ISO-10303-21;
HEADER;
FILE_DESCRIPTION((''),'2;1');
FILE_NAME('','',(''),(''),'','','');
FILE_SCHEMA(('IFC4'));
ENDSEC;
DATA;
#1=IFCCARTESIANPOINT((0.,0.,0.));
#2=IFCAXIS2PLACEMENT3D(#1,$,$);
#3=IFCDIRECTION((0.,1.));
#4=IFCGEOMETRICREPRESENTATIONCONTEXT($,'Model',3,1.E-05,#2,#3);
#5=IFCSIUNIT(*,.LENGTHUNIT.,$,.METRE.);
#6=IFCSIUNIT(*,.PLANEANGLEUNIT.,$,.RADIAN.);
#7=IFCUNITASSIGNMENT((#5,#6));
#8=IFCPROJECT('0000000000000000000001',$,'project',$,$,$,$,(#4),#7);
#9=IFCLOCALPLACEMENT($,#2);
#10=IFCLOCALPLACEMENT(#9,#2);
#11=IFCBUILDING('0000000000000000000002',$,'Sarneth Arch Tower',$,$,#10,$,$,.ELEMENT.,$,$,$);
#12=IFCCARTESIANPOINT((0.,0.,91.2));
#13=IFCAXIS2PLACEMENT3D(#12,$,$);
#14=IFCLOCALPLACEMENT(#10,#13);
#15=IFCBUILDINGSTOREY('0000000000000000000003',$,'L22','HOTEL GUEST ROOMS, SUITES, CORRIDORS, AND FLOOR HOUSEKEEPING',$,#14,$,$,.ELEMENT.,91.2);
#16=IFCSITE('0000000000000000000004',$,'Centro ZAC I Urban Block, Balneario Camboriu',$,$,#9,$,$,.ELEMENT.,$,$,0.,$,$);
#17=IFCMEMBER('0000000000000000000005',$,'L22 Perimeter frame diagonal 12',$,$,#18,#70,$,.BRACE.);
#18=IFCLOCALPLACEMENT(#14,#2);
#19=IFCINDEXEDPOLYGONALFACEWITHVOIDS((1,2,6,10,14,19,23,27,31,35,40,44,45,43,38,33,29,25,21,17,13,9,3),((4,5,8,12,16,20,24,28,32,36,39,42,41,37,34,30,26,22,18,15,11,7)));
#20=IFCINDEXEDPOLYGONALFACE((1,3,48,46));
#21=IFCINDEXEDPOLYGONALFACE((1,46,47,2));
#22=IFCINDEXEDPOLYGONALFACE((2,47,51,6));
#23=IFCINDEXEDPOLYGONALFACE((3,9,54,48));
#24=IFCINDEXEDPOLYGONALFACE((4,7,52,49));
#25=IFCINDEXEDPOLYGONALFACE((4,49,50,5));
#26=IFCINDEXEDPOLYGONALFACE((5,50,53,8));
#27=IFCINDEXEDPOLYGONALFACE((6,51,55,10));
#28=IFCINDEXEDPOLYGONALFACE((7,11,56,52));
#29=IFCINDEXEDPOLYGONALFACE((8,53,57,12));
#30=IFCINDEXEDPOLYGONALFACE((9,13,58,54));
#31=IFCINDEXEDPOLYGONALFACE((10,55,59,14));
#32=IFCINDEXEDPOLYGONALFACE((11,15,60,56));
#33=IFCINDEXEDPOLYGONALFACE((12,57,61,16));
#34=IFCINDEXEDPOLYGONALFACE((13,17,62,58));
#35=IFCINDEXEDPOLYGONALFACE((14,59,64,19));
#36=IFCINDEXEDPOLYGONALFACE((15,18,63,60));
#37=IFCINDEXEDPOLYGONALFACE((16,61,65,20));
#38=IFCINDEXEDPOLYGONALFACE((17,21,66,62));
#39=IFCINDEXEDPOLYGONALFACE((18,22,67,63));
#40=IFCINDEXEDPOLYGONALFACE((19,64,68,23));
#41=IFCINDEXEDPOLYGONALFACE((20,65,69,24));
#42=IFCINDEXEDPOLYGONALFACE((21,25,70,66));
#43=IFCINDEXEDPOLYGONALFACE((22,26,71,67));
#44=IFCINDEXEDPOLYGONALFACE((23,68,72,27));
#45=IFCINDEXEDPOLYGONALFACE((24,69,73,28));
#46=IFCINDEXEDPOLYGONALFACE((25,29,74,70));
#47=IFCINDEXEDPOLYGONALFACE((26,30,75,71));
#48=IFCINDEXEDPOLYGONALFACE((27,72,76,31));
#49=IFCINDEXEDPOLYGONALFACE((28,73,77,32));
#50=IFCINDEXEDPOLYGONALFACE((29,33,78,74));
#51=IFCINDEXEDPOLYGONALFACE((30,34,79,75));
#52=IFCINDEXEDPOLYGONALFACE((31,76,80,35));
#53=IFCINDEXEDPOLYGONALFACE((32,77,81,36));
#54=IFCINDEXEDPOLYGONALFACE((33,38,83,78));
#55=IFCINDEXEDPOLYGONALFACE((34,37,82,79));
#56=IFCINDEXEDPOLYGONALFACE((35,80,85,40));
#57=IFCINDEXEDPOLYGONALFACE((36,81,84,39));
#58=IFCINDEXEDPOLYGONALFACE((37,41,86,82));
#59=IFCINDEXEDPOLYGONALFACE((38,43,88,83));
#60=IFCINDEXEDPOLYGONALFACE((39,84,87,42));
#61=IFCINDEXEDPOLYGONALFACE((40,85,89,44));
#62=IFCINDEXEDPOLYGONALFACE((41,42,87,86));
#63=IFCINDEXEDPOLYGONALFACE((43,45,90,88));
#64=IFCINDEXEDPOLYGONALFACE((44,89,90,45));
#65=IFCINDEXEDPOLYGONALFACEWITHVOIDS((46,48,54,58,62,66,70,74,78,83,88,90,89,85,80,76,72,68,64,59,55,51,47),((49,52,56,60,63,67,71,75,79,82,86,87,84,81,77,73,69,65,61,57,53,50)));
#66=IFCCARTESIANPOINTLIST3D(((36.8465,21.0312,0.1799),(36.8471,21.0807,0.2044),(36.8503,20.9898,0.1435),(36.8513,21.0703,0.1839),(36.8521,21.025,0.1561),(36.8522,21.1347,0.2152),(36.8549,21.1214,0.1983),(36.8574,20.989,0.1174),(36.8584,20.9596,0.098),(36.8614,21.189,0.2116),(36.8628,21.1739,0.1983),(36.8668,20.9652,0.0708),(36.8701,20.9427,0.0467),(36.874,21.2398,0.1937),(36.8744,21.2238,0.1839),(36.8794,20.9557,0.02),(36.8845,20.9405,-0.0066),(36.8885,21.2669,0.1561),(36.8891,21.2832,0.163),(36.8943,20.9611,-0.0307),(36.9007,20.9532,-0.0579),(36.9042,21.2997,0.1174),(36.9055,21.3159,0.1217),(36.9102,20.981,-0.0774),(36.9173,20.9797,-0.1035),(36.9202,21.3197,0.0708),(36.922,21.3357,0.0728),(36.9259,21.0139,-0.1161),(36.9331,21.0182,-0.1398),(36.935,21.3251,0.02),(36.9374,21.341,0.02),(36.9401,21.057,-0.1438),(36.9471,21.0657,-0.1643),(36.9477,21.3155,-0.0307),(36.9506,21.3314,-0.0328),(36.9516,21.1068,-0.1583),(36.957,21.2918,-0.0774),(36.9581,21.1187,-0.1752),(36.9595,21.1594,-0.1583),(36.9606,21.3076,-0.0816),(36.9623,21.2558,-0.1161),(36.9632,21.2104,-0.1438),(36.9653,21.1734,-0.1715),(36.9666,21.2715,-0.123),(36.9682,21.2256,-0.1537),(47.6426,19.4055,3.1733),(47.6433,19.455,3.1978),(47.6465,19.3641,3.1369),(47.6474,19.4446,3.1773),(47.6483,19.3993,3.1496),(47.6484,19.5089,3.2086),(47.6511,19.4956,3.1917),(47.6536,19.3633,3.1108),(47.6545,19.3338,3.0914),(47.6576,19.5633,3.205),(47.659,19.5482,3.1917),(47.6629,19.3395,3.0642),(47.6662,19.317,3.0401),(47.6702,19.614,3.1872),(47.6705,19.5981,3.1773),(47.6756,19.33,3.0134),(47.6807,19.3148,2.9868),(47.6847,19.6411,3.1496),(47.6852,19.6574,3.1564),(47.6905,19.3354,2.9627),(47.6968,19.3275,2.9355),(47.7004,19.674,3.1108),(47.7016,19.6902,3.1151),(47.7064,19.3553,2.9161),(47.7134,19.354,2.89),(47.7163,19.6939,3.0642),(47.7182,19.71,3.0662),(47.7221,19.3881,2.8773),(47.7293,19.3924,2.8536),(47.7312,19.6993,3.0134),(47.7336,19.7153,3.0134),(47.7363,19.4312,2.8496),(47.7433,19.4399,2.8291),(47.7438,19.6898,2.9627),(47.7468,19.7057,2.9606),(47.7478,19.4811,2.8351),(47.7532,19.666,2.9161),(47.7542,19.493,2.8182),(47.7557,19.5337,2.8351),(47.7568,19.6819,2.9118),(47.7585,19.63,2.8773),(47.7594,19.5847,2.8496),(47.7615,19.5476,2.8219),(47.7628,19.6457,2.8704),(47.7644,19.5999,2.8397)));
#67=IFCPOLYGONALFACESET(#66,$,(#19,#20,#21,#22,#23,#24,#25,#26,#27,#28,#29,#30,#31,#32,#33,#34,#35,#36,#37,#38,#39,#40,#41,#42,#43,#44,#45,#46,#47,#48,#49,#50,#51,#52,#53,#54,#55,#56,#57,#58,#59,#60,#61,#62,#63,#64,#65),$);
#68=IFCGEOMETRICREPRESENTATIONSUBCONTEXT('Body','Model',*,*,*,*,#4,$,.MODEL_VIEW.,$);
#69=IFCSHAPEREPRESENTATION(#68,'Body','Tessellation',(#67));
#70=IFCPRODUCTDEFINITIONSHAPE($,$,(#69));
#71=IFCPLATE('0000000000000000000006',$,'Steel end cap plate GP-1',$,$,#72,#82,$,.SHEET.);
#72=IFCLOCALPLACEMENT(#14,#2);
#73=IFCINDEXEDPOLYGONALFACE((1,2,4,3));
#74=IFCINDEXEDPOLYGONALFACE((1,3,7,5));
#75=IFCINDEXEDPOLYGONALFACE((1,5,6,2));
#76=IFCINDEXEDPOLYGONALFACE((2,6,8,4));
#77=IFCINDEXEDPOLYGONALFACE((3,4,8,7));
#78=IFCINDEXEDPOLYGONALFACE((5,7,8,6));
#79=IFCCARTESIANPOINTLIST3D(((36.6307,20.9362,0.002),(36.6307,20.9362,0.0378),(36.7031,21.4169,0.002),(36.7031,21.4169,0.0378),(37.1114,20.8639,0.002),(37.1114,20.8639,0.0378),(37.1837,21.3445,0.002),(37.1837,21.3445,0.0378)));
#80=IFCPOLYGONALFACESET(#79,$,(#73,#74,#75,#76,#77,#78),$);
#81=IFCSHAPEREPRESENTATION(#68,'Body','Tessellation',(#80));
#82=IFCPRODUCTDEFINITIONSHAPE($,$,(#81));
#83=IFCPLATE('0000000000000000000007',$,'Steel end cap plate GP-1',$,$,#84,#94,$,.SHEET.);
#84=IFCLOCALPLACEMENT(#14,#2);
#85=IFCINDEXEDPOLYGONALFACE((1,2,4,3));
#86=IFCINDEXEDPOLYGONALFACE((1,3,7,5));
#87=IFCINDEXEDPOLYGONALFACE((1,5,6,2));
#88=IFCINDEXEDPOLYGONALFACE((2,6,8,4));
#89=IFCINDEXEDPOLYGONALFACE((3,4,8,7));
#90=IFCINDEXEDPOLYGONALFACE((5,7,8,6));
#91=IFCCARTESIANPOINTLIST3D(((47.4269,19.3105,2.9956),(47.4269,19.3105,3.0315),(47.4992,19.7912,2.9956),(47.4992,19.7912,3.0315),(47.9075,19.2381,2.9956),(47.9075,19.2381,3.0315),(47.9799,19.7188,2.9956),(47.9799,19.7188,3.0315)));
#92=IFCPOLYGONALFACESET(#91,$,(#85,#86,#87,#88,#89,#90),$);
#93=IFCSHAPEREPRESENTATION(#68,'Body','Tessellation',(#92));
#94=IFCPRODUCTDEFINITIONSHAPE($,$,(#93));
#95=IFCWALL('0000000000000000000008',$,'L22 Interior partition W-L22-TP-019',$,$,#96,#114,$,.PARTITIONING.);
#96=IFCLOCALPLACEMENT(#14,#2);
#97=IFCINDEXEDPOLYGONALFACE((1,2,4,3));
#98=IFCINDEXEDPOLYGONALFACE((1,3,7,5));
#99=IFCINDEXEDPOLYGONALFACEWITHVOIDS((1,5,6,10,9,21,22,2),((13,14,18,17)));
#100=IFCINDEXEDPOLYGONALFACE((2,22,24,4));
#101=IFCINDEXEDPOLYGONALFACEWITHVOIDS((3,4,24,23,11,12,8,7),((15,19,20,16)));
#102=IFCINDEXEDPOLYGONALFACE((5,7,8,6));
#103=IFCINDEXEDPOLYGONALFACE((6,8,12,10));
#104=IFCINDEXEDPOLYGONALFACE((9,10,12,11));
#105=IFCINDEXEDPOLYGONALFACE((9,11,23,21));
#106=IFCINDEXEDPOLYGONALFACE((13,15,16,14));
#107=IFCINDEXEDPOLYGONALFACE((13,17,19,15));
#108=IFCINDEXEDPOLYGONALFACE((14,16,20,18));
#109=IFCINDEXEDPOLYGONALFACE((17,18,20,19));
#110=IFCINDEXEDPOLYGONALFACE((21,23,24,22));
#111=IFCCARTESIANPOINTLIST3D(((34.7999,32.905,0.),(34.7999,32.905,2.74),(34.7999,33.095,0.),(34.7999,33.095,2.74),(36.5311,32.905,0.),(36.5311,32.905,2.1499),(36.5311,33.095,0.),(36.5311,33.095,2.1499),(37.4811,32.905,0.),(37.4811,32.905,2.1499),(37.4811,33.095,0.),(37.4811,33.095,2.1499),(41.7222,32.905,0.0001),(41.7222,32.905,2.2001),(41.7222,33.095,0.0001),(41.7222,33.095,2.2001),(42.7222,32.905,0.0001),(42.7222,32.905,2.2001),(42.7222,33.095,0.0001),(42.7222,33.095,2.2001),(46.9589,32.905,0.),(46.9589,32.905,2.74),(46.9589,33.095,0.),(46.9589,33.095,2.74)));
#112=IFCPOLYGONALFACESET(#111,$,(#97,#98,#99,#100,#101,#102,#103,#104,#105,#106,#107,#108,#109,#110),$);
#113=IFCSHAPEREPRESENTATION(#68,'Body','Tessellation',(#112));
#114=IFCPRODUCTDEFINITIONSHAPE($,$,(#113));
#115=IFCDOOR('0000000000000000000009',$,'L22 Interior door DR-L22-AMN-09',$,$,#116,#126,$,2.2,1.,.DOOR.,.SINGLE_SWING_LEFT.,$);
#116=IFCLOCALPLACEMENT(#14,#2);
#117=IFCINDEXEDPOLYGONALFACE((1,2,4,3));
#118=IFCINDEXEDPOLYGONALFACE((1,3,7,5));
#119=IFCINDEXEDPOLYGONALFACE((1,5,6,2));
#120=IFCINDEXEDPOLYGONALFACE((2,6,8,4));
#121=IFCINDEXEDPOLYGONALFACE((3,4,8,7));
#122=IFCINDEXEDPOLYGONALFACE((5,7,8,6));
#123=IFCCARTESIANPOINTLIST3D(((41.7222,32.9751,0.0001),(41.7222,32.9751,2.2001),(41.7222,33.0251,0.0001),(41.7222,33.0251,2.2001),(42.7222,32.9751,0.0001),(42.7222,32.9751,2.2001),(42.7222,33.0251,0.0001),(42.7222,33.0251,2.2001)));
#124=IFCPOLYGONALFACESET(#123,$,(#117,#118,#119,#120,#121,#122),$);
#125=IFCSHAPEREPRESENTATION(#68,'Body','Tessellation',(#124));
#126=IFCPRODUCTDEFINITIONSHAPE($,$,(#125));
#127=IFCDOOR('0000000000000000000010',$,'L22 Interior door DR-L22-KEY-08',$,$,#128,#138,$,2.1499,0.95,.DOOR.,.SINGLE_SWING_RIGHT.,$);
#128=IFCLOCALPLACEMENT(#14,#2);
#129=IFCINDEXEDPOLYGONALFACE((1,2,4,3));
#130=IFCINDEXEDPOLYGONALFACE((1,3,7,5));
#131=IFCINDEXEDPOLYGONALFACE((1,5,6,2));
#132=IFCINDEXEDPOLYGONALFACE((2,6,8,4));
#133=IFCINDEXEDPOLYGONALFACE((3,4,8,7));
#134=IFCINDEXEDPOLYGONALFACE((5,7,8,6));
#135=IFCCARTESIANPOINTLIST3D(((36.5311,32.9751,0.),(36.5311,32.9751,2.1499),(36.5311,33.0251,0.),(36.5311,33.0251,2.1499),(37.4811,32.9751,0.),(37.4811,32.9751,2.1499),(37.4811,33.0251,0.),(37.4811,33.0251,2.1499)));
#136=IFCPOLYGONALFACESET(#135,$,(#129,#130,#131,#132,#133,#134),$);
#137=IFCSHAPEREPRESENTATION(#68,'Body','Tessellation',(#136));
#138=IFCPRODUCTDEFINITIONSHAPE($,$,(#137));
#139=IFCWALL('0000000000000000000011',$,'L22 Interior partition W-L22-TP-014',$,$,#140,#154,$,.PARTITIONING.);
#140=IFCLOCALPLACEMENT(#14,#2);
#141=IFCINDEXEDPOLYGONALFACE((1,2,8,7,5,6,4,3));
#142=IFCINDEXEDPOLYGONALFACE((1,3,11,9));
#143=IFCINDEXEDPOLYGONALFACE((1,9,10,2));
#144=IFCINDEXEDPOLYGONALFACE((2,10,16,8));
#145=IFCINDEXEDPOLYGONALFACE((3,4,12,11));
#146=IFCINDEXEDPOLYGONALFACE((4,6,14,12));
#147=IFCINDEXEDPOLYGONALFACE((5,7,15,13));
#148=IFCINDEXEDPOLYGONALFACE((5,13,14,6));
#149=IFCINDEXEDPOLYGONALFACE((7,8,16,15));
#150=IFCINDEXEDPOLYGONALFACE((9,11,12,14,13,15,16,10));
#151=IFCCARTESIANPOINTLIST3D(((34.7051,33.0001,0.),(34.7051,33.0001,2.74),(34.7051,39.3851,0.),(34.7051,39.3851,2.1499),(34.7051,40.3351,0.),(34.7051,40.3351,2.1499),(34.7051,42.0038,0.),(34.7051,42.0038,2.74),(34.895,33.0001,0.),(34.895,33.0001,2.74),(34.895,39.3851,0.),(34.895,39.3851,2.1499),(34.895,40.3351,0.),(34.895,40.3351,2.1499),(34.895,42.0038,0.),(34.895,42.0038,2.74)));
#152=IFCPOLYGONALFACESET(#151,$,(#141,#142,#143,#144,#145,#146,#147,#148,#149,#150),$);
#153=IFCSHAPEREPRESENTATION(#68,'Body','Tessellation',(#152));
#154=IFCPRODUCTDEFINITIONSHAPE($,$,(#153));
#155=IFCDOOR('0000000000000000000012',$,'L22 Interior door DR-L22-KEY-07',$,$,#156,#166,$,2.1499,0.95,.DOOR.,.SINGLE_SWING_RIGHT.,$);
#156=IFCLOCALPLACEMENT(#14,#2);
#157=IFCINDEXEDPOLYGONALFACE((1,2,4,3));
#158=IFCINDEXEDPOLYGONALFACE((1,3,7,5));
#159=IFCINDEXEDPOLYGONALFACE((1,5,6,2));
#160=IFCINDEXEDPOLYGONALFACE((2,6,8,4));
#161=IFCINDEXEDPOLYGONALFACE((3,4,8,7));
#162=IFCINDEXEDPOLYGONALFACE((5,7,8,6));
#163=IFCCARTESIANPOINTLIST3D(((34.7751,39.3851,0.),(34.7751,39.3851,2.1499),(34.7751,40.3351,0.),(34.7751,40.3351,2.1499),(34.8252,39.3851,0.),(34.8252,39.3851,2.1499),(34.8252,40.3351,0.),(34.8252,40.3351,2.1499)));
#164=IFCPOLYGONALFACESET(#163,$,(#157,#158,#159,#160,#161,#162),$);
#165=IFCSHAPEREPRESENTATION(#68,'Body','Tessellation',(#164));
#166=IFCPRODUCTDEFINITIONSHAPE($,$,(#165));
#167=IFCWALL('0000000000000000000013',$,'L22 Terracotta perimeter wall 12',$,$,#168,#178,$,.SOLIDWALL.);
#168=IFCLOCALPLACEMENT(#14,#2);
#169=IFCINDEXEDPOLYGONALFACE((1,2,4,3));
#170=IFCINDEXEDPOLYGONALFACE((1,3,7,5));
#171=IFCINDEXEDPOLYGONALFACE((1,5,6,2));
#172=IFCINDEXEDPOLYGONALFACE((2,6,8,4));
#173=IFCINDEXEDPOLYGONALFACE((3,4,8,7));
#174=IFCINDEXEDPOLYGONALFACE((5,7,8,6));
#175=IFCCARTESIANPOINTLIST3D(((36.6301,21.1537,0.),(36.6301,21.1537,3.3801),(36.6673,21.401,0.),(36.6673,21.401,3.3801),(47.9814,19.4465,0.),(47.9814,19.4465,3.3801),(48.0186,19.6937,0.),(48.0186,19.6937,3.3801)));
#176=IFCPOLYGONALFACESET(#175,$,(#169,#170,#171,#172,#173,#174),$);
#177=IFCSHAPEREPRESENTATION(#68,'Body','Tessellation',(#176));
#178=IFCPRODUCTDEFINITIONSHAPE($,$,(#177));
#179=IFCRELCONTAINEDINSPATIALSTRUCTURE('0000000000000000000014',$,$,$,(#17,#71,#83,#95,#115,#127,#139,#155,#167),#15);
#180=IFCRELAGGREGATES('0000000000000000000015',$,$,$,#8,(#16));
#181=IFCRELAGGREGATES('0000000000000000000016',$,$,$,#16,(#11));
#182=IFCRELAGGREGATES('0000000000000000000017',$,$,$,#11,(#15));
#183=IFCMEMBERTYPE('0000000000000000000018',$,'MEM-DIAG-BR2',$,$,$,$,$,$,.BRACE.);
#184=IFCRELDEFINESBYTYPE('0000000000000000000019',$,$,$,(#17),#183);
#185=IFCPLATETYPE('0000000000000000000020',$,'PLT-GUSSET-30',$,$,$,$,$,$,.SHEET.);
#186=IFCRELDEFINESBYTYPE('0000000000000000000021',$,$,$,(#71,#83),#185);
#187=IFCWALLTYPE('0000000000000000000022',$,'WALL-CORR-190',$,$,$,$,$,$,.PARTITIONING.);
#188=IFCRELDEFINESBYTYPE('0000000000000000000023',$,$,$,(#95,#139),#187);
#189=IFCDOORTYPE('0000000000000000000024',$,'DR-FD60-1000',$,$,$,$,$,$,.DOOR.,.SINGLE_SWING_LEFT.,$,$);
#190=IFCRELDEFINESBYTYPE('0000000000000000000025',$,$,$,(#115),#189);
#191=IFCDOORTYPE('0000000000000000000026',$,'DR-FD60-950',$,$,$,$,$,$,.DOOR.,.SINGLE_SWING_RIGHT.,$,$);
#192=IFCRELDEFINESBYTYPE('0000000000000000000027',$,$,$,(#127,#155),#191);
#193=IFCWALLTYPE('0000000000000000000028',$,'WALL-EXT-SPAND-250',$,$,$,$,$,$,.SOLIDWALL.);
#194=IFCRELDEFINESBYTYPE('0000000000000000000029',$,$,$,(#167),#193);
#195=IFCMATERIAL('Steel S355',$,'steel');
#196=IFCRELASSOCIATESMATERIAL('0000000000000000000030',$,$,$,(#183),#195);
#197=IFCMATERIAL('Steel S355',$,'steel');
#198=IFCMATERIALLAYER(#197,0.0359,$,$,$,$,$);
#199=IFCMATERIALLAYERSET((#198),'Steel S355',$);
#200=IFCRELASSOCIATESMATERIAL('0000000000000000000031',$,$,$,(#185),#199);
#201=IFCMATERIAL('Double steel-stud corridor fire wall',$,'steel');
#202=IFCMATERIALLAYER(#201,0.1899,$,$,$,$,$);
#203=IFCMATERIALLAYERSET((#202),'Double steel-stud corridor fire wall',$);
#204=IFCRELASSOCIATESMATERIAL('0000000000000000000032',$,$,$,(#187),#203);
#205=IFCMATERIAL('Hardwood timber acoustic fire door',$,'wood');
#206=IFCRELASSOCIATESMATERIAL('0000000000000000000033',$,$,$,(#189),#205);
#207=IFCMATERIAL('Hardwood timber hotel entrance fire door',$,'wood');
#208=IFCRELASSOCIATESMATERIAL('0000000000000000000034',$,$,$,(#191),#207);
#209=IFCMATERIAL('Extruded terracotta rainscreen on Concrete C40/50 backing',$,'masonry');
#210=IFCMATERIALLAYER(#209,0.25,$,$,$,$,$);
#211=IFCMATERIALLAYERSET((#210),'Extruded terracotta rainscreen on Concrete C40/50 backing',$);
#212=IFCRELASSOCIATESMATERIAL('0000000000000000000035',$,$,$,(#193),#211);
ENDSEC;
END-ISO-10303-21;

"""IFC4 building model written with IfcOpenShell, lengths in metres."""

from ifc_helpers import new_model, si_unit, direction, frame, frame_2d, origin, origin_2d, place, context, subcontext, project, spatial, rectangle, hollow_circle, extrude, material, layer, layer_set, material_profile, profile_set, type_object, element, fill, save


model = new_model("IFC4")

# Units and contexts
model_context = context("Model", 3, precision=1e-05, world=origin(), true_north=direction((0.0, 1.0)))
body_context = subcontext(model_context, "Body", "Model", "MODEL_VIEW")
ifc_project = project(units=[si_unit("LENGTHUNIT", "METRE"), si_unit("PLANEANGLEUNIT", "RADIAN")], contexts=[model_context])

# Site, building, storey
site_placement = place(None, origin())
site = spatial("IfcSite", under=ifc_project, at=site_placement, Name="Centro ZAC I Urban Block, Balneario Camboriu", CompositionType="ELEMENT", RefElevation=0.0)
building_placement = place(site_placement, origin())
building = spatial("IfcBuilding", under=site, at=building_placement, Name="Sarneth Arch Tower", CompositionType="ELEMENT")
storey_placement = place(building_placement, frame((0.0, 0.0, 91.2)))
storey = spatial("IfcBuildingStorey", under=building, at=storey_placement, Name="L22", Description="HOTEL GUEST ROOMS, SUITES, CORRIDORS, AND FLOOR HOUSEKEEPING", CompositionType="ELEMENT", Elevation=91.2)

# Member
ifc_material_1 = material(Name="Steel S355", Category="steel")
ifc_material_profile_1 = material_profile(ifc_material_1, hollow_circle(Radius=0.2029, WallThickness=0.0161, at=origin_2d()), Name="CHS406x16")
ifc_profile_set_1 = profile_set([ifc_material_profile_1], Name="Steel S355")
member_type_1 = type_object("IfcMemberType", Name="MEM-DIAG-BR2", PredefinedType="BRACE", material=ifc_profile_set_1)
member_1_placement = place(storey_placement, frame((36.9072, 21.1404, 0.02), z_axis=(0.953657, -0.143606, 0.264417), x_axis=(0.148906, 0.988851, 0.0)))
element("IfcMember", 1, at=member_1_placement, inside=storey, type_object=member_type_1, Name="L22 Perimeter frame diagonal 12", PredefinedType="BRACE", context=body_context, shape_type="SweptSolid", body=[
    extrude(hollow_circle(Radius=0.2029, WallThickness=0.0161, at=origin_2d()), origin(), (0.0, 0.0, 1.0), 11.3208),
])

# Plates
ifc_material_2 = material(Name="Steel S355", Category="steel")
ifc_layer_1 = layer(ifc_material_2, 0.0359)
ifc_layer_set_1 = layer_set([ifc_layer_1], Name="Steel S355")
plate_type = type_object("IfcPlateType", Name="PLT-GUSSET-30", PredefinedType="SHEET", material=ifc_layer_set_1)
for number, where, z_axis, x_axis, name in (
    (2, (36.9072, 21.1404, 0.002), (0.0, 0.0, 1.0), (0.988861, -0.148845, 0.0), "Steel end cap plate GP-1"),
    (3, (47.7034, 19.5146, 2.9956), (0.0, 0.0, 1.0), (0.988861, -0.148845, 0.0), "Steel end cap plate GP-1"),
):
    element("IfcPlate", number, at=place(storey_placement, frame(where, z_axis=z_axis, x_axis=x_axis)), inside=storey, type_object=plate_type, Name=name, PredefinedType="SHEET", context=body_context, shape_type="SweptSolid", body=[
        extrude(rectangle(XDim=0.4861, YDim=0.4861, at=origin_2d()), origin(), (0.0, 0.0, 1.0), 0.0359),
    ])

# Wall, openings, doors
ifc_material_3 = material(Name="Double steel-stud corridor fire wall", Category="steel")
ifc_layer_2 = layer(ifc_material_3, 0.1899)
ifc_layer_set_2 = layer_set([ifc_layer_2], Name="Double steel-stud corridor fire wall")
wall_type_1 = type_object("IfcWallType", Name="WALL-CORR-190", PredefinedType="PARTITIONING", material=ifc_layer_set_2)
wall_1_placement = place(storey_placement, frame((46.959, 33.0, 0.0), z_axis=(0.0, 0.0, 1.0), x_axis=(-1.0, 0.0, 0.0)))
wall_1 = element("IfcWall", 4, at=wall_1_placement, inside=storey, type_object=wall_type_1, Name="L22 Interior partition W-L22-TP-019", PredefinedType="PARTITIONING", context=body_context, shape_type="SweptSolid", body=[
    extrude(rectangle(XDim=12.1589, YDim=0.1899, at=frame_2d((6.0796, 0.0))), origin(), (0.0, 0.0, 1.0), 2.74),
])
opening_1_placement = place(wall_1_placement, frame((4.2368, 0.0, 0.0)))
opening_1 = element("IfcOpeningElement", 5, at=opening_1_placement, cuts=wall_1, PredefinedType="OPENING", context=body_context, shape_type="SweptSolid", body=[
    extrude(rectangle(XDim=1.0, YDim=2.2, at=frame_2d((0.5, 1.1001))), frame((0.0, 0.105, 0.0), z_axis=(0.0, -1.0, 0.0), x_axis=(1.0, 0.0, 0.0)), (0.0, 0.0, 1.0), 0.21),
])
opening_2_placement = place(wall_1_placement, frame((9.4778, 0.0, 0.0)))
opening_2 = element("IfcOpeningElement", 6, at=opening_2_placement, cuts=wall_1, PredefinedType="OPENING", context=body_context, shape_type="SweptSolid", body=[
    extrude(rectangle(XDim=0.95, YDim=2.1499, at=frame_2d((0.4751, 1.075))), frame((0.0, 0.105, 0.0), z_axis=(0.0, -1.0, 0.0), x_axis=(1.0, 0.0, 0.0)), (0.0, 0.0, 1.0), 0.21),
])
ifc_material_4 = material(Name="Hardwood timber acoustic fire door", Category="wood")
door_type_1 = type_object("IfcDoorType", Name="DR-FD60-1000", OperationType="SINGLE_SWING_LEFT", PredefinedType="DOOR", material=ifc_material_4)
door_1_placement = place(opening_1_placement, origin())
door_1 = element("IfcDoor", 7, at=door_1_placement, inside=storey, type_object=door_type_1, Name="L22 Interior door DR-L22-AMN-09", OperationType="SINGLE_SWING_LEFT", OverallHeight=2.2, OverallWidth=1.0, PredefinedType="DOOR", context=body_context, shape_type="SweptSolid", body=[
    extrude(rectangle(XDim=1.0, YDim=2.2, at=frame_2d((0.5, 1.1001))), frame((0.0, 0.0249, 0.0), z_axis=(0.0, -1.0, 0.0), x_axis=(1.0, 0.0, 0.0)), (0.0, 0.0, 1.0), 0.05),
])
fill(opening_1, door_1)
ifc_material_5 = material(Name="Hardwood timber hotel entrance fire door", Category="wood")
door_type_2 = type_object("IfcDoorType", Name="DR-FD60-950", OperationType="SINGLE_SWING_RIGHT", PredefinedType="DOOR", material=ifc_material_5)
door_2_placement = place(opening_2_placement, origin())
door_2 = element("IfcDoor", 8, at=door_2_placement, inside=storey, type_object=door_type_2, Name="L22 Interior door DR-L22-KEY-08", OperationType="SINGLE_SWING_RIGHT", OverallHeight=2.1499, OverallWidth=0.95, PredefinedType="DOOR", context=body_context, shape_type="SweptSolid", body=[
    extrude(rectangle(XDim=0.95, YDim=2.1499, at=frame_2d((0.4751, 1.075))), frame((0.0, 0.0249, 0.0), z_axis=(0.0, -1.0, 0.0), x_axis=(1.0, 0.0, 0.0)), (0.0, 0.0, 1.0), 0.05),
])
fill(opening_2, door_2)

# Wall, opening, door
wall_2_placement = place(storey_placement, frame((34.8, 33.0, 0.0), z_axis=(0.0, 0.0, 1.0), x_axis=(0.0, 1.0, 0.0)))
wall_2 = element("IfcWall", 9, at=wall_2_placement, inside=storey, type_object=wall_type_1, Name="L22 Interior partition W-L22-TP-014", PredefinedType="PARTITIONING", context=body_context, shape_type="SweptSolid", body=[
    extrude(rectangle(XDim=9.0037, YDim=0.1899, at=frame_2d((4.502, 0.0))), origin(), (0.0, 0.0, 1.0), 2.74),
])
opening_3_placement = place(wall_2_placement, frame((6.385, 0.0, 0.0)))
opening_3 = element("IfcOpeningElement", 10, at=opening_3_placement, cuts=wall_2, PredefinedType="OPENING", context=body_context, shape_type="SweptSolid", body=[
    extrude(rectangle(XDim=0.95, YDim=2.1499, at=frame_2d((0.4751, 1.075))), frame((0.0, 0.105, 0.0), z_axis=(0.0, -1.0, 0.0), x_axis=(1.0, 0.0, 0.0)), (0.0, 0.0, 1.0), 0.21),
])
door_3_placement = place(opening_3_placement, origin())
door_3 = element("IfcDoor", 11, at=door_3_placement, inside=storey, type_object=door_type_2, Name="L22 Interior door DR-L22-KEY-07", OperationType="SINGLE_SWING_RIGHT", OverallHeight=2.1499, OverallWidth=0.95, PredefinedType="DOOR", context=body_context, shape_type="SweptSolid", body=[
    extrude(rectangle(XDim=0.95, YDim=2.1499, at=frame_2d((0.4751, 1.075))), frame((0.0, 0.0249, 0.0), z_axis=(0.0, -1.0, 0.0), x_axis=(1.0, 0.0, 0.0)), (0.0, 0.0, 1.0), 0.05),
])
fill(opening_3, door_3)

# Wall
ifc_material_6 = material(Name="Extruded terracotta rainscreen on Concrete C40/50 backing", Category="masonry")
ifc_layer_3 = layer(ifc_material_6, 0.25)
ifc_layer_set_3 = layer_set([ifc_layer_3], Name="Extruded terracotta rainscreen on Concrete C40/50 backing")
wall_type_2 = type_object("IfcWallType", Name="WALL-EXT-SPAND-250", PredefinedType="SOLIDWALL", material=ifc_layer_set_3)
wall_3_placement = place(storey_placement, frame((36.6487, 21.2773, 0.0), z_axis=(0.0, 0.0, 1.0), x_axis=(0.988878, -0.14873, 0.0)))
element("IfcWall", 12, at=wall_3_placement, inside=storey, type_object=wall_type_2, Name="L22 Terracotta perimeter wall 12", PredefinedType="SOLIDWALL", context=body_context, shape_type="SweptSolid", body=[
    extrude(rectangle(XDim=11.479, YDim=0.25, at=frame_2d((5.7395, 0.0))), origin(), (0.0, 0.0, 1.0), 3.3801),
])

save(model, "model.ifc")
